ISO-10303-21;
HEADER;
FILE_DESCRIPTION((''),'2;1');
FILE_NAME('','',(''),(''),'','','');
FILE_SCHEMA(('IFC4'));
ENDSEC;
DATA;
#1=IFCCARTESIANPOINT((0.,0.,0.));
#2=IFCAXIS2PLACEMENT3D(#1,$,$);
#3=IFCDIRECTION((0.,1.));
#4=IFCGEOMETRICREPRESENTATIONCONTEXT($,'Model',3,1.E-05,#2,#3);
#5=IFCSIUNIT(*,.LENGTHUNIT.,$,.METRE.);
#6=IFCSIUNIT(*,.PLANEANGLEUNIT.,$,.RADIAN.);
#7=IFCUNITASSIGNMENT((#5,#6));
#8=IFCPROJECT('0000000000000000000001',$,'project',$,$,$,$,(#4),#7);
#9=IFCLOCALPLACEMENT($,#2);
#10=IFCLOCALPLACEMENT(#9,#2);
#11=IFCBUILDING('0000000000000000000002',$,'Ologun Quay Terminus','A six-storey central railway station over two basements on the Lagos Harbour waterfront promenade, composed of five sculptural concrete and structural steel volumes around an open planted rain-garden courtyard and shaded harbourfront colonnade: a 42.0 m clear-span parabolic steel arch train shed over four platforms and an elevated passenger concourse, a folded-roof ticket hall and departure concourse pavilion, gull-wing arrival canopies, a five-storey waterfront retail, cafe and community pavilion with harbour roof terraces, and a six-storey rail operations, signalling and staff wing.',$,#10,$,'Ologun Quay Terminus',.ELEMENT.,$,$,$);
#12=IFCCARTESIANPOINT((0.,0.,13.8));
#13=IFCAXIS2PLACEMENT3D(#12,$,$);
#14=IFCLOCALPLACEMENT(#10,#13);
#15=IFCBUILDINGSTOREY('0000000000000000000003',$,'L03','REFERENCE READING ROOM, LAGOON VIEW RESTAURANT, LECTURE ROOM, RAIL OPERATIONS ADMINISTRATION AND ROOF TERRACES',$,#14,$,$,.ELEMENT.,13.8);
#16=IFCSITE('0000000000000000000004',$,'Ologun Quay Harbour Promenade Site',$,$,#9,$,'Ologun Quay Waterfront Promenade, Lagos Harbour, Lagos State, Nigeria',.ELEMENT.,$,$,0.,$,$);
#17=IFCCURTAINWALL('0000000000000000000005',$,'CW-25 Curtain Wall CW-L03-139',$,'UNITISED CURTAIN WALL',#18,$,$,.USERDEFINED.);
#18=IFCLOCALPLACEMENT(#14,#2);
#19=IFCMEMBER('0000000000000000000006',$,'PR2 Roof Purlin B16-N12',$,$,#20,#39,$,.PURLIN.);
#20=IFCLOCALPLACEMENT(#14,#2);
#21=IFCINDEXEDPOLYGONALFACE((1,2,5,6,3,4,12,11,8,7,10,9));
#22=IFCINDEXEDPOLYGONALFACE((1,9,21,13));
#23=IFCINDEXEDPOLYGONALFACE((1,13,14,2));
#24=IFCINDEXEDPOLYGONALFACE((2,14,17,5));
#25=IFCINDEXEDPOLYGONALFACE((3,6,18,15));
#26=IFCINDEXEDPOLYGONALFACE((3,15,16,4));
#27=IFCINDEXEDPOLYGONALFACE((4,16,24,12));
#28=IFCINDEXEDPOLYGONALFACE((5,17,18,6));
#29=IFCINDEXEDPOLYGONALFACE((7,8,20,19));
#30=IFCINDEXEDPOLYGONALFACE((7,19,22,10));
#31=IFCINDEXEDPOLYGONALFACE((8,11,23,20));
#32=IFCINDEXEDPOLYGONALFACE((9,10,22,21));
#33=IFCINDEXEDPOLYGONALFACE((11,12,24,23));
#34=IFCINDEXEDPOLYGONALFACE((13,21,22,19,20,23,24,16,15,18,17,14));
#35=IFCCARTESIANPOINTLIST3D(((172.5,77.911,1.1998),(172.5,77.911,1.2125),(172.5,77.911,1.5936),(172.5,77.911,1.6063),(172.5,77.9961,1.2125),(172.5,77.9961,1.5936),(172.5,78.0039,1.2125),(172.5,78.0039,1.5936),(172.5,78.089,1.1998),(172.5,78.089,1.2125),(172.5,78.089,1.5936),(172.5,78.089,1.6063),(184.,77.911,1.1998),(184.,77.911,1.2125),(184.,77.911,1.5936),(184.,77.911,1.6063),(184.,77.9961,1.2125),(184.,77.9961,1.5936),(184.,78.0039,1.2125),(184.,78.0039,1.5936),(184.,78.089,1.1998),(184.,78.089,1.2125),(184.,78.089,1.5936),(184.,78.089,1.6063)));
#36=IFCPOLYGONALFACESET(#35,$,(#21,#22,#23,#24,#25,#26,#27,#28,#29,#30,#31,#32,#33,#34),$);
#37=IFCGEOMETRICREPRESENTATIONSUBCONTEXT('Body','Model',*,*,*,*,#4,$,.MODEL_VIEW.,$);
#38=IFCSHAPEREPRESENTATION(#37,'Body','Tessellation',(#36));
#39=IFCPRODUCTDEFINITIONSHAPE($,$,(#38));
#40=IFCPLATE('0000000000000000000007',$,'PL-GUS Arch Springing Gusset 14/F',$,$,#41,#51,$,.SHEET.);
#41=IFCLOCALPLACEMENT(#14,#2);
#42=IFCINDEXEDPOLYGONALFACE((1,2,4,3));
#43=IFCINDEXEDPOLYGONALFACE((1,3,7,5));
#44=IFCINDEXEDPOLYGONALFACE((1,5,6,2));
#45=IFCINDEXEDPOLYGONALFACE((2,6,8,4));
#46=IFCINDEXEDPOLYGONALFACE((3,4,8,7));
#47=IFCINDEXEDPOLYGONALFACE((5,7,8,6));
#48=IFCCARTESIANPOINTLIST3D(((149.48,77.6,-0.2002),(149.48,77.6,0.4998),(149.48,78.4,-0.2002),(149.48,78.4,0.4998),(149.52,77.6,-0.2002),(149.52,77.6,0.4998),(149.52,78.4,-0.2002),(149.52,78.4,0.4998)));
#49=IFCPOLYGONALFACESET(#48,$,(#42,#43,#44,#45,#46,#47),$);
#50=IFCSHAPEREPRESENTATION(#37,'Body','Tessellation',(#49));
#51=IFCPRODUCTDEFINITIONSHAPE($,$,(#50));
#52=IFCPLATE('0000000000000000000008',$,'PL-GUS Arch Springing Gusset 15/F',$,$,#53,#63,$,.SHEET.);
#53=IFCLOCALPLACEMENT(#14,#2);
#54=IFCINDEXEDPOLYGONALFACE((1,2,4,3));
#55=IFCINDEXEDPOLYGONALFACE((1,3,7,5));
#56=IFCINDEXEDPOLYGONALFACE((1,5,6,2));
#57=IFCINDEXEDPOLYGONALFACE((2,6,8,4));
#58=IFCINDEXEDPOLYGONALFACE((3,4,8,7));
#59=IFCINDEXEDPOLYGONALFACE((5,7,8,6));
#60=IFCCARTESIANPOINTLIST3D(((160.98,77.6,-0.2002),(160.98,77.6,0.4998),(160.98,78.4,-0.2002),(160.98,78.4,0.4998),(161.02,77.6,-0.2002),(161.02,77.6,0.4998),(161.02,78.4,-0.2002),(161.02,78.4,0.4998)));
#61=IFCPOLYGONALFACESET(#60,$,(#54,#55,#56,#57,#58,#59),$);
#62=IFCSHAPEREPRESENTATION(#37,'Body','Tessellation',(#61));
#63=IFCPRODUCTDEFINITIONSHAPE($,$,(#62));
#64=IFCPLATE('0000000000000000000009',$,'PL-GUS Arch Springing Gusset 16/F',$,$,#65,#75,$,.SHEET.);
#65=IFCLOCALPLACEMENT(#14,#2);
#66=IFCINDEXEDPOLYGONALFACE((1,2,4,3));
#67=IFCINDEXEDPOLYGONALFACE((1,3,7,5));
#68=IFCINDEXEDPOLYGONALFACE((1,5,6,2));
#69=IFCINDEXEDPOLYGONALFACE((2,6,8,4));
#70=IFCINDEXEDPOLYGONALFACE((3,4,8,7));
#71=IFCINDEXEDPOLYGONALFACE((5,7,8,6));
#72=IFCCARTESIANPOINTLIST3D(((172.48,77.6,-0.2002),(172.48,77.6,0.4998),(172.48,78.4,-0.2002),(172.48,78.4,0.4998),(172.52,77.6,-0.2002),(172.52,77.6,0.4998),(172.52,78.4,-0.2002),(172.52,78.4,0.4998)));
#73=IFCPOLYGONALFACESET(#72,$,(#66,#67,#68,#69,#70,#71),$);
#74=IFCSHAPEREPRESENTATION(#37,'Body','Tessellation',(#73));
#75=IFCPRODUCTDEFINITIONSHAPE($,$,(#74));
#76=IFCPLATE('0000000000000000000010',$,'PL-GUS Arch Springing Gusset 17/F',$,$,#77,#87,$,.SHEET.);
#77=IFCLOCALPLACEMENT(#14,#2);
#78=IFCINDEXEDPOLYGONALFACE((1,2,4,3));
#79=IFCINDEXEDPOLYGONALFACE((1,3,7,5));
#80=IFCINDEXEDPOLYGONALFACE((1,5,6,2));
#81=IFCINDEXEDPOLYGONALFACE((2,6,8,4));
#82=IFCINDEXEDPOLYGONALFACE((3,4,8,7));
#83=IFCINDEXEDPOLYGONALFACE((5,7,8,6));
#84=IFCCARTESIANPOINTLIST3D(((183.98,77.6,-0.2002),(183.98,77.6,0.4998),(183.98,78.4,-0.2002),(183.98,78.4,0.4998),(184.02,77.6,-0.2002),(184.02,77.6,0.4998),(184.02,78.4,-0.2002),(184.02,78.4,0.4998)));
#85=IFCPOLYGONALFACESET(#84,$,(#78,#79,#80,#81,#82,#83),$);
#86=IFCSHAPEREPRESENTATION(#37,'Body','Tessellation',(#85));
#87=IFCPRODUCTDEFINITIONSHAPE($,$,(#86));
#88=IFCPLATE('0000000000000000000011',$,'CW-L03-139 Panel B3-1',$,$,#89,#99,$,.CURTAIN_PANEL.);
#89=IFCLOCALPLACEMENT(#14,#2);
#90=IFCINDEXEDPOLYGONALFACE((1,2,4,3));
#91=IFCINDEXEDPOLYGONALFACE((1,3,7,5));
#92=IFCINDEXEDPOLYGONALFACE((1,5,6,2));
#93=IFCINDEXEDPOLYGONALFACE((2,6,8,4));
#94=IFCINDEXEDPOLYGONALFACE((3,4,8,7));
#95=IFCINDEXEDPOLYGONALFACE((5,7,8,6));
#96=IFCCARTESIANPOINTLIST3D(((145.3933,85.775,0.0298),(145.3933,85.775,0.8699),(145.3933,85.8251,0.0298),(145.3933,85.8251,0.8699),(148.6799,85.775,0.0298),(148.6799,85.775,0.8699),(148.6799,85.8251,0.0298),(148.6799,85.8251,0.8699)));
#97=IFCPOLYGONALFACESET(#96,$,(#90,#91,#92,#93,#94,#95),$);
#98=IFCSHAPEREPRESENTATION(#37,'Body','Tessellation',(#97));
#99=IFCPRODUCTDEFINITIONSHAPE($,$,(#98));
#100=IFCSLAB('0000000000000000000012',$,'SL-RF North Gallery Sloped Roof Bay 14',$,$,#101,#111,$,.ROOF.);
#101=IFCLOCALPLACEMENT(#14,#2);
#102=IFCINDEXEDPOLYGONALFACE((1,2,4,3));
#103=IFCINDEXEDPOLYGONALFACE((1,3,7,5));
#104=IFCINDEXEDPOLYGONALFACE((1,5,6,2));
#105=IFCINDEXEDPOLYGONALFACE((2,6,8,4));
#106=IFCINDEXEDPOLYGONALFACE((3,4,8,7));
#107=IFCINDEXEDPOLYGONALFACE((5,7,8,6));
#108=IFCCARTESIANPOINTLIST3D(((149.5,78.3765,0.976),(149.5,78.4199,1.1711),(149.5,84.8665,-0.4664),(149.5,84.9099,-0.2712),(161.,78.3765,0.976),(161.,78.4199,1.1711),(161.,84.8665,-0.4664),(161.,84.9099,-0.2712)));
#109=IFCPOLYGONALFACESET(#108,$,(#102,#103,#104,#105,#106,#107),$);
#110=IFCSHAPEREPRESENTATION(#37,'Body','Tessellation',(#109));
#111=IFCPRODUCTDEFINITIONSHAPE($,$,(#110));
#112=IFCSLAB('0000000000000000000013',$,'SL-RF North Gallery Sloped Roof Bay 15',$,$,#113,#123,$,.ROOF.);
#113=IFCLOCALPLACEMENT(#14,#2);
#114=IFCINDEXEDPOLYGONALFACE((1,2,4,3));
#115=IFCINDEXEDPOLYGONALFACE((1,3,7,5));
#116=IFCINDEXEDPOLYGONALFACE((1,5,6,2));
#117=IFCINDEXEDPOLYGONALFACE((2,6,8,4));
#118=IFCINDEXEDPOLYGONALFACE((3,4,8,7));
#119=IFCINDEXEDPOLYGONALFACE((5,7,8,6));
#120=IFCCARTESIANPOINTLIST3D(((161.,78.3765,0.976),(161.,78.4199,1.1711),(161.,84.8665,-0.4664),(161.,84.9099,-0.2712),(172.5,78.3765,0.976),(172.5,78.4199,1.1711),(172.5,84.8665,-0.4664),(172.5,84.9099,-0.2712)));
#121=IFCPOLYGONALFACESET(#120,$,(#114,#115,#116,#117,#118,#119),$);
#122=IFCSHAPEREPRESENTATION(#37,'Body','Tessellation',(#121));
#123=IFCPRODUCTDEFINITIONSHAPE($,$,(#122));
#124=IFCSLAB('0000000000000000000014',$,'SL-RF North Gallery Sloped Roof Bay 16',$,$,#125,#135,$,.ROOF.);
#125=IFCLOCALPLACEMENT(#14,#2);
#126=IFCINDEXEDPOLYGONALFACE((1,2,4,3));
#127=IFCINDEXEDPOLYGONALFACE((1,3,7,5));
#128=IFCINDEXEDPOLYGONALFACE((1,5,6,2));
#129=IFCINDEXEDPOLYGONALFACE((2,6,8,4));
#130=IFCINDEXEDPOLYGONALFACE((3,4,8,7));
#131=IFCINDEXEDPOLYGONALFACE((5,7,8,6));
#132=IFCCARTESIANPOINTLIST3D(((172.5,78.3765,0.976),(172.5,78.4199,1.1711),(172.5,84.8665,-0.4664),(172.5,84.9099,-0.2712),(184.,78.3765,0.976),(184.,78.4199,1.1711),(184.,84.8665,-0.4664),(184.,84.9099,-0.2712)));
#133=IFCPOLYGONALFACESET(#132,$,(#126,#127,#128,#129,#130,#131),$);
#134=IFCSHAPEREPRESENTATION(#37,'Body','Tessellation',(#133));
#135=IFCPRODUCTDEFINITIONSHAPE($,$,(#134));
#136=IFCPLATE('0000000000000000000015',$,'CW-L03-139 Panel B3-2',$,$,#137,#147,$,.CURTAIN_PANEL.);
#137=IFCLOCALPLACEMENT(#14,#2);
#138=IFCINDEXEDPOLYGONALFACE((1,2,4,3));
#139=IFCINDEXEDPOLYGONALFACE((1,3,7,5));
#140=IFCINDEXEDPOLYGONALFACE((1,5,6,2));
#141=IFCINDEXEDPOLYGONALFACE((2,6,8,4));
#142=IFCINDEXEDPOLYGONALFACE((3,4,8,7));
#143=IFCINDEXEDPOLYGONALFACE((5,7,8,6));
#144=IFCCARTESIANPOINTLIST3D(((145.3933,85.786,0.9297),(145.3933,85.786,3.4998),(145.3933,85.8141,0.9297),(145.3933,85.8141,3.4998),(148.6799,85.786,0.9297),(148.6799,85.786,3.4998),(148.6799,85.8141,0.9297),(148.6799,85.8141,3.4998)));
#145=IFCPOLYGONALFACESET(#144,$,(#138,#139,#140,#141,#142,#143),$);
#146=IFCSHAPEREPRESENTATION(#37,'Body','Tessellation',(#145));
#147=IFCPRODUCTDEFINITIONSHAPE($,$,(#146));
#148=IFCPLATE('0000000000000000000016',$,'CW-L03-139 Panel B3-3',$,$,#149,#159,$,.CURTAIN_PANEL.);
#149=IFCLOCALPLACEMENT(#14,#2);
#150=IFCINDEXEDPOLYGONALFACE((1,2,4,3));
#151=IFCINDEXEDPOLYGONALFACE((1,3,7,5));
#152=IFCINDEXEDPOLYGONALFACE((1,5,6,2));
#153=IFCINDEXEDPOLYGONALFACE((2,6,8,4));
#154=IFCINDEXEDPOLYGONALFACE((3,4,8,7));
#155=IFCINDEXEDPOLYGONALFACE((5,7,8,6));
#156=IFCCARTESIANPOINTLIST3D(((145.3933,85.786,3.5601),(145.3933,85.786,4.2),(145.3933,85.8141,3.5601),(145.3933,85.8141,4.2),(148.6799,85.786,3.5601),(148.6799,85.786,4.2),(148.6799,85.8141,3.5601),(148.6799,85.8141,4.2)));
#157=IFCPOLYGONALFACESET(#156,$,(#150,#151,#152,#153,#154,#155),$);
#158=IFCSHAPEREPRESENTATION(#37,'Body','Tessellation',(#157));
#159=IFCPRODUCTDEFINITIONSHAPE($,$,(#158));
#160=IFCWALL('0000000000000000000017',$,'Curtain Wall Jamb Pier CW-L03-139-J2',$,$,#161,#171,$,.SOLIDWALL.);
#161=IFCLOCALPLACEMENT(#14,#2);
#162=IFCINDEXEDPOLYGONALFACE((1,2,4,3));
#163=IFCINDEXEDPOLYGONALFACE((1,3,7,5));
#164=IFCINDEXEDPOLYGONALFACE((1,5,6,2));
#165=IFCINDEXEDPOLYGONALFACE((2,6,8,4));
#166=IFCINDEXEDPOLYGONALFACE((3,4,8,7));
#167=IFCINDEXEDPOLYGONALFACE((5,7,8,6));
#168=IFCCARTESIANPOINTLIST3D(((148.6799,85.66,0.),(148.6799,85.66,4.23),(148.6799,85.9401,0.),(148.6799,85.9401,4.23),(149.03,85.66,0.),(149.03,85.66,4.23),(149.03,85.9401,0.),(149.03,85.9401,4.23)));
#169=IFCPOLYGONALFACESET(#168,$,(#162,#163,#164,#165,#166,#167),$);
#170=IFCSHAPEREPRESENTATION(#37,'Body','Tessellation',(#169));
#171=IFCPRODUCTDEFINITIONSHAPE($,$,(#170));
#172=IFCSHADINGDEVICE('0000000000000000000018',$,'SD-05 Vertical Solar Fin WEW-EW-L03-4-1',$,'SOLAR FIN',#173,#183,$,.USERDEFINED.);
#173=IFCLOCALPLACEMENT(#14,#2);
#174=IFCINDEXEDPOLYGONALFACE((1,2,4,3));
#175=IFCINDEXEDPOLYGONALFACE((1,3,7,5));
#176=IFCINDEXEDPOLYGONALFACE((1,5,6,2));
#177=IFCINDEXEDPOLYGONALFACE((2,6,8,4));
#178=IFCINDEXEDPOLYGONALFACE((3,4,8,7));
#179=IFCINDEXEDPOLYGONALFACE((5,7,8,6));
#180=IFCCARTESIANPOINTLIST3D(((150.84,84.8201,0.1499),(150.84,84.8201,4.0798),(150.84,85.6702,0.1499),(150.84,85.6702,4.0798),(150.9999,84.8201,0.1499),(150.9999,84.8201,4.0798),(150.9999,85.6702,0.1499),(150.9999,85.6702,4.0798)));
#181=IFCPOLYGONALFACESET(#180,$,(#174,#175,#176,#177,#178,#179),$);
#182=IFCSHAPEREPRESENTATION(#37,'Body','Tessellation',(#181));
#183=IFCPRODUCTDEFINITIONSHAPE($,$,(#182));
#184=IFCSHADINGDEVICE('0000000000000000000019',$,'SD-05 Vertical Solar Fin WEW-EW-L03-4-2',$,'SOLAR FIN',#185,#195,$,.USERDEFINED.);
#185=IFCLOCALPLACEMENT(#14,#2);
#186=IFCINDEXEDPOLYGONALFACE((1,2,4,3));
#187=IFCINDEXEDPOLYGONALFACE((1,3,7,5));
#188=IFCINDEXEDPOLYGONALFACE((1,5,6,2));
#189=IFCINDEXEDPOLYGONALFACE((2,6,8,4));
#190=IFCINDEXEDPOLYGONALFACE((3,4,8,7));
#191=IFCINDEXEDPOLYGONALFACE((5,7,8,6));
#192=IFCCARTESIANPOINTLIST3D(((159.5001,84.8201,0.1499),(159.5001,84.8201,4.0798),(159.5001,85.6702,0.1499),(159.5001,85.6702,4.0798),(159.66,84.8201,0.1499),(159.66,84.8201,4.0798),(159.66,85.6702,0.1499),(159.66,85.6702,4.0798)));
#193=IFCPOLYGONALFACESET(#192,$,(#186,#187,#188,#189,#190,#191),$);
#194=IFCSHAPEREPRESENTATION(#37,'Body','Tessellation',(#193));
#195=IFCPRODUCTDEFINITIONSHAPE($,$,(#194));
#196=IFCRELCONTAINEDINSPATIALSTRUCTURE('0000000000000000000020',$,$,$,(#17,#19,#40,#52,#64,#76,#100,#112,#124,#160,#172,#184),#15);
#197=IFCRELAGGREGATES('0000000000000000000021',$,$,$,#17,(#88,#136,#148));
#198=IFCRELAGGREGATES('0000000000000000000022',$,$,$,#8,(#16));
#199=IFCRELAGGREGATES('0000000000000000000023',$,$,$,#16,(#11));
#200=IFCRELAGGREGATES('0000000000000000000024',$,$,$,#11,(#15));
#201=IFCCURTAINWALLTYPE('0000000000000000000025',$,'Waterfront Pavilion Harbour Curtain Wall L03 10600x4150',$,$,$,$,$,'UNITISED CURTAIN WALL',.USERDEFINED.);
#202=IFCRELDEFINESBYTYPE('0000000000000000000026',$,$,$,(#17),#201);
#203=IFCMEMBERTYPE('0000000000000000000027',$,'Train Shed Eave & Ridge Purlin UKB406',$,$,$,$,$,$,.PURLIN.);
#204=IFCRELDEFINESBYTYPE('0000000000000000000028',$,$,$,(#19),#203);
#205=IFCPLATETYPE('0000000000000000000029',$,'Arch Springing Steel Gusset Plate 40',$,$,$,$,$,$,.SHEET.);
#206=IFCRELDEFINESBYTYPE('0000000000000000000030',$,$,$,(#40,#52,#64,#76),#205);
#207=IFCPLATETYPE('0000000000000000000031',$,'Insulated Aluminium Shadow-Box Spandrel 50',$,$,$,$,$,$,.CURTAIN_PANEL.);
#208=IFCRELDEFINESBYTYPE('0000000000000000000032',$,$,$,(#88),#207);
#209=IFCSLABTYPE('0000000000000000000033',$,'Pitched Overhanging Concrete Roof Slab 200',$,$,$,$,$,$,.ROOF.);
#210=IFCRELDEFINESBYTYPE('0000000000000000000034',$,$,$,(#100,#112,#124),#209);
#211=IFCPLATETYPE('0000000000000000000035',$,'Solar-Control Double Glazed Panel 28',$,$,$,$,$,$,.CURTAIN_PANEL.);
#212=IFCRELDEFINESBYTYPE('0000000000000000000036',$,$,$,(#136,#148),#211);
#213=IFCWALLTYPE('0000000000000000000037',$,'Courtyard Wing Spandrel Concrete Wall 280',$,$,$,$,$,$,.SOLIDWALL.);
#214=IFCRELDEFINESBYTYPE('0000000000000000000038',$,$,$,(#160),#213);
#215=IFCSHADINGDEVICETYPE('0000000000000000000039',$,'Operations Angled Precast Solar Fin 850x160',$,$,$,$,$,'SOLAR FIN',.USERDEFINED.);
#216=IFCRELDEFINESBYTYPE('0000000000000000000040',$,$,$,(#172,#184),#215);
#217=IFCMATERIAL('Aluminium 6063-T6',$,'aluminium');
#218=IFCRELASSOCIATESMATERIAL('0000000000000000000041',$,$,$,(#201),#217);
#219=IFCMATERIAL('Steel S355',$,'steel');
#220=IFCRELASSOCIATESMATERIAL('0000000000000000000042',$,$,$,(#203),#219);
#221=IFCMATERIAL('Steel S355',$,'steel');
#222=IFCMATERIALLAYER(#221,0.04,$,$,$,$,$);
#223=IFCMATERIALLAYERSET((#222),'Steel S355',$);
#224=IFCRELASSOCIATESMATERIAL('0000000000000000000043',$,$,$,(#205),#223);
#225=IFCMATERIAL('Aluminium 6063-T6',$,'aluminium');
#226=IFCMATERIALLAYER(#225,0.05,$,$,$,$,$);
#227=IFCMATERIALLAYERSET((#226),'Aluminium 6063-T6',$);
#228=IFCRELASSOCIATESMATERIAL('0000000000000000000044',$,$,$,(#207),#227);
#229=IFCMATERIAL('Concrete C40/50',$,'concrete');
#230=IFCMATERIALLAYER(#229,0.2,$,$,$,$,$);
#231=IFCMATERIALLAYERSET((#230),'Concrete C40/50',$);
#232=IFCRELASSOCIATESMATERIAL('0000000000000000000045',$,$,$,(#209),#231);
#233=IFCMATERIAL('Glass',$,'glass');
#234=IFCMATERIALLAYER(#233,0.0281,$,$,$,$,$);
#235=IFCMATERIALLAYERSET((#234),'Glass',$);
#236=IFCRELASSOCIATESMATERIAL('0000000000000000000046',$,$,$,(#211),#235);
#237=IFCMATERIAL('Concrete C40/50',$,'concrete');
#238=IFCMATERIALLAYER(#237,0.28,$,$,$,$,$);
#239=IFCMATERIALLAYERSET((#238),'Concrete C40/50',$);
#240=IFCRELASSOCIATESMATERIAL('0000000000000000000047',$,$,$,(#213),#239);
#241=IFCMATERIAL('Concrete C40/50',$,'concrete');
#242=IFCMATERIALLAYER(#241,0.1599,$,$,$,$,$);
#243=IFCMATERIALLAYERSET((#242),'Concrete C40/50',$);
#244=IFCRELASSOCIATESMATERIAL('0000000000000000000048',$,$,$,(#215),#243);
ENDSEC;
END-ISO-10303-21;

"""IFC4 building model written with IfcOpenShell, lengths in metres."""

from ifc_helpers import new_model, si_unit, direction, frame, frame_2d, origin, origin_2d, place, context, subcontext, project, spatial, polyline, rectangle, i_section, outline, extrude, material, layer, layer_set, material_profile, profile_set, type_object, element, aggregate, save


model = new_model("IFC4")

# Units and contexts
model_context = context("Model", 3, precision=1e-05, world=origin(), true_north=direction((0.0, 1.0)))
body_context = subcontext(model_context, "Body", "Model", "MODEL_VIEW")
ifc_project = project(units=[si_unit("LENGTHUNIT", "METRE"), si_unit("PLANEANGLEUNIT", "RADIAN")], contexts=[model_context])

# Site, building, storey
site_placement = place(None, origin())
site = spatial("IfcSite", under=ifc_project, at=site_placement, Name="Ologun Quay Harbour Promenade Site", LongName="Ologun Quay Waterfront Promenade, Lagos Harbour, Lagos State, Nigeria", CompositionType="ELEMENT", RefElevation=0.0)
building_placement = place(site_placement, origin())
building = spatial("IfcBuilding", under=site, at=building_placement, Name="Ologun Quay Terminus", Description="A six-storey central railway station over two basements on the Lagos Harbour waterfront promenade, composed of five sculptural concrete and structural steel volumes around an open planted rain-garden courtyard and shaded harbourfront colonnade: a 42.0 m clear-span parabolic steel arch train shed over four platforms and an elevated passenger concourse, a folded-roof ticket hall and departure concourse pavilion, gull-wing arrival canopies, a five-storey waterfront retail, cafe and community pavilion with harbour roof terraces, and a six-storey rail operations, signalling and staff wing.", LongName="Ologun Quay Terminus", CompositionType="ELEMENT")
storey_placement = place(building_placement, frame((0.0, 0.0, 13.8)))
storey = spatial("IfcBuildingStorey", under=building, at=storey_placement, Name="L03", Description="REFERENCE READING ROOM, LAGOON VIEW RESTAURANT, LECTURE ROOM, RAIL OPERATIONS ADMINISTRATION AND ROOF TERRACES", CompositionType="ELEMENT", Elevation=13.8)

# Curtain wall
ifc_material_1 = material(Name="Aluminium 6063-T6", Category="aluminium")
curtain_wall_type = type_object("IfcCurtainWallType", Name="Waterfront Pavilion Harbour Curtain Wall L03 10600x4150", ElementType="UNITISED CURTAIN WALL", PredefinedType="USERDEFINED", material=ifc_material_1)
curtain_wall_placement = place(storey_placement, origin())
curtain_wall = element("IfcCurtainWall", 1, at=curtain_wall_placement, inside=storey, type_object=curtain_wall_type, Name="CW-25 Curtain Wall CW-L03-139", ObjectType="UNITISED CURTAIN WALL", PredefinedType="USERDEFINED")

# Member
ifc_material_2 = material(Name="Steel S355", Category="steel")
ifc_material_profile_1 = material_profile(ifc_material_2, i_section(OverallWidth=0.178, OverallDepth=0.4065, WebThickness=0.0078, FlangeThickness=0.0127, at=origin_2d()), Name="UKB 406x178x60")
ifc_profile_set_1 = profile_set([ifc_material_profile_1], Name="Steel S355")
member_type_1 = type_object("IfcMemberType", Name="Train Shed Eave & Ridge Purlin UKB406", PredefinedType="PURLIN", material=ifc_profile_set_1)
for number, where, z_axis, x_axis, name in (
    (2, (172.5, 78.0, 1.4031), (1.0, 0.0, 0.0), (0.0, 1.0, 0.0), "PR2 Roof Purlin B16-N12"),
):
    element("IfcMember", number, at=place(storey_placement, frame(where, z_axis=z_axis, x_axis=x_axis)), inside=storey, type_object=member_type_1, Name=name, PredefinedType="PURLIN", context=body_context, shape_type="SweptSolid", body=[
        extrude(i_section(OverallWidth=0.178, OverallDepth=0.4065, WebThickness=0.0078, FlangeThickness=0.0127, at=origin_2d()), origin(), (0.0, 0.0, 1.0), 11.5),
    ])

# Plates
ifc_material_3 = material(Name="Steel S355", Category="steel")
ifc_layer_1 = layer(ifc_material_3, 0.04)
ifc_layer_set_1 = layer_set([ifc_layer_1], Name="Steel S355")
plate_type_1 = type_object("IfcPlateType", Name="Arch Springing Steel Gusset Plate 40", PredefinedType="SHEET", material=ifc_layer_set_1)
for number, where, z_axis, x_axis, name in (
    (3, (149.5, 78.0, -0.2002), (0.0, 0.0, 1.0), (0.0, 1.0, 0.0), "PL-GUS Arch Springing Gusset 14/F"),
    (4, (161.0, 78.0, -0.2002), (0.0, 0.0, 1.0), (0.0, 1.0, 0.0), "PL-GUS Arch Springing Gusset 15/F"),
    (5, (172.5, 78.0, -0.2002), (0.0, 0.0, 1.0), (0.0, 1.0, 0.0), "PL-GUS Arch Springing Gusset 16/F"),
    (6, (184.0, 78.0, -0.2002), (0.0, 0.0, 1.0), (0.0, 1.0, 0.0), "PL-GUS Arch Springing Gusset 17/F"),
):
    element("IfcPlate", number, at=place(storey_placement, frame(where, z_axis=z_axis, x_axis=x_axis)), inside=storey, type_object=plate_type_1, Name=name, PredefinedType="SHEET", context=body_context, shape_type="SweptSolid", body=[
        extrude(rectangle(XDim=0.8, YDim=0.04, at=origin_2d()), origin(), (0.0, 0.0, 1.0), 0.7),
    ])

# Plate
ifc_material_4 = material(Name="Aluminium 6063-T6", Category="aluminium")
ifc_layer_2 = layer(ifc_material_4, 0.05)
ifc_layer_set_2 = layer_set([ifc_layer_2], Name="Aluminium 6063-T6")
plate_type_2 = type_object("IfcPlateType", Name="Insulated Aluminium Shadow-Box Spandrel 50", PredefinedType="CURTAIN_PANEL", material=ifc_layer_set_2)
plate_1_placement = place(storey_placement, frame((147.0366, 85.8, 0.0298), z_axis=(0.0, 0.0, 1.0), x_axis=(1.0, 0.0, 0.0)))
plate_1 = element("IfcPlate", 7, at=plate_1_placement, type_object=plate_type_2, Name="CW-L03-139 Panel B3-1", PredefinedType="CURTAIN_PANEL", context=body_context, shape_type="SweptSolid", body=[
    extrude(rectangle(XDim=3.2866, YDim=0.05, at=origin_2d()), origin(), (0.0, 0.0, 1.0), 0.8401),
])

# Slabs
ifc_material_5 = material(Name="Concrete C40/50", Category="concrete")
ifc_layer_3 = layer(ifc_material_5, 0.2)
ifc_layer_set_3 = layer_set([ifc_layer_3], Name="Concrete C40/50")
slab_type = type_object("IfcSlabType", Name="Pitched Overhanging Concrete Roof Slab 200", PredefinedType="ROOF", material=ifc_layer_set_3)
for number, where, z_axis, x_axis, name in (
    (8, (149.5, 84.9099, -0.2712), (0.0, 0.216954, 0.976182), (1.0, 0.0, 0.0), "SL-RF North Gallery Sloped Roof Bay 14"),
    (9, (161.0, 84.9099, -0.2712), (0.0, 0.216954, 0.976182), (1.0, 0.0, 0.0), "SL-RF North Gallery Sloped Roof Bay 15"),
    (10, (172.5, 84.9099, -0.2712), (0.0, 0.216954, 0.976182), (1.0, 0.0, 0.0), "SL-RF North Gallery Sloped Roof Bay 16"),
):
    element("IfcSlab", number, at=place(storey_placement, frame(where, z_axis=z_axis, x_axis=x_axis)), inside=storey, type_object=slab_type, Name=name, PredefinedType="ROOF", context=body_context, shape_type="SweptSolid", body=[
        extrude(outline(polyline([(0.0, 0.0), (11.5, 0.0), (11.5, -6.6483), (0.0, -6.6483), (0.0, 0.0)])), origin(), (0.0, 0.0, -1.0), 0.2),
    ])

# Plates
ifc_material_6 = material(Name="Glass", Category="glass")
ifc_layer_4 = layer(ifc_material_6, 0.0281)
ifc_layer_set_4 = layer_set([ifc_layer_4], Name="Glass")
plate_type_3 = type_object("IfcPlateType", Name="Solar-Control Double Glazed Panel 28", PredefinedType="CURTAIN_PANEL", material=ifc_layer_set_4)
plate_2_placement = place(storey_placement, frame((147.0366, 85.8, 0.9297), z_axis=(0.0, 0.0, 1.0), x_axis=(1.0, 0.0, 0.0)))
plate_2 = element("IfcPlate", 11, at=plate_2_placement, type_object=plate_type_3, Name="CW-L03-139 Panel B3-2", PredefinedType="CURTAIN_PANEL", context=body_context, shape_type="SweptSolid", body=[
    extrude(rectangle(XDim=3.2866, YDim=0.0281, at=origin_2d()), origin(), (0.0, 0.0, 1.0), 2.5701),
])
plate_3_placement = place(storey_placement, frame((147.0366, 85.8, 3.5601), z_axis=(0.0, 0.0, 1.0), x_axis=(1.0, 0.0, 0.0)))
plate_3 = element("IfcPlate", 12, at=plate_3_placement, type_object=plate_type_3, Name="CW-L03-139 Panel B3-3", PredefinedType="CURTAIN_PANEL", context=body_context, shape_type="SweptSolid", body=[
    extrude(rectangle(XDim=3.2866, YDim=0.0281, at=origin_2d()), origin(), (0.0, 0.0, 1.0), 0.6399),
])
aggregate(curtain_wall, [plate_1, plate_2, plate_3])

# Wall
ifc_material_7 = material(Name="Concrete C40/50", Category="concrete")
ifc_layer_5 = layer(ifc_material_7, 0.28)
ifc_layer_set_5 = layer_set([ifc_layer_5], Name="Concrete C40/50")
wall_type = type_object("IfcWallType", Name="Courtyard Wing Spandrel Concrete Wall 280", PredefinedType="SOLIDWALL", material=ifc_layer_set_5)
wall_placement = place(storey_placement, frame((148.6799, 85.8, 0.0), z_axis=(0.0, 0.0, 1.0), x_axis=(1.0, 0.0, 0.0)))
element("IfcWall", 13, at=wall_placement, inside=storey, type_object=wall_type, Name="Curtain Wall Jamb Pier CW-L03-139-J2", PredefinedType="SOLIDWALL", context=body_context, shape_type="SweptSolid", body=[
    extrude(rectangle(XDim=0.3501, YDim=0.28, at=frame_2d((0.175, 0.0))), origin(), (0.0, 0.0, 1.0), 4.23),
])

# Shading devices
ifc_material_8 = material(Name="Concrete C40/50", Category="concrete")
ifc_layer_6 = layer(ifc_material_8, 0.1599)
ifc_layer_set_6 = layer_set([ifc_layer_6], Name="Concrete C40/50")
shading_device_type = type_object("IfcShadingDeviceType", Name="Operations Angled Precast Solar Fin 850x160", ElementType="SOLAR FIN", PredefinedType="USERDEFINED", material=ifc_layer_set_6)
for number, where, z_axis, x_axis, name in (
    (14, (150.9199, 85.2451, 0.1499), (0.0, 0.0, 1.0), (1.0, 0.0, 0.0), "SD-05 Vertical Solar Fin WEW-EW-L03-4-1"),
    (15, (159.5801, 85.2451, 0.1499), (0.0, 0.0, 1.0), (1.0, 0.0, 0.0), "SD-05 Vertical Solar Fin WEW-EW-L03-4-2"),
):
    element("IfcShadingDevice", number, at=place(storey_placement, frame(where, z_axis=z_axis, x_axis=x_axis)), inside=storey, type_object=shading_device_type, Name=name, ObjectType="SOLAR FIN", PredefinedType="USERDEFINED", context=body_context, shape_type="SweptSolid", body=[
        extrude(rectangle(XDim=0.1599, YDim=0.8501, at=origin_2d()), origin(), (0.0, 0.0, 1.0), 3.9299),
    ])

save(model, "model.ifc")
